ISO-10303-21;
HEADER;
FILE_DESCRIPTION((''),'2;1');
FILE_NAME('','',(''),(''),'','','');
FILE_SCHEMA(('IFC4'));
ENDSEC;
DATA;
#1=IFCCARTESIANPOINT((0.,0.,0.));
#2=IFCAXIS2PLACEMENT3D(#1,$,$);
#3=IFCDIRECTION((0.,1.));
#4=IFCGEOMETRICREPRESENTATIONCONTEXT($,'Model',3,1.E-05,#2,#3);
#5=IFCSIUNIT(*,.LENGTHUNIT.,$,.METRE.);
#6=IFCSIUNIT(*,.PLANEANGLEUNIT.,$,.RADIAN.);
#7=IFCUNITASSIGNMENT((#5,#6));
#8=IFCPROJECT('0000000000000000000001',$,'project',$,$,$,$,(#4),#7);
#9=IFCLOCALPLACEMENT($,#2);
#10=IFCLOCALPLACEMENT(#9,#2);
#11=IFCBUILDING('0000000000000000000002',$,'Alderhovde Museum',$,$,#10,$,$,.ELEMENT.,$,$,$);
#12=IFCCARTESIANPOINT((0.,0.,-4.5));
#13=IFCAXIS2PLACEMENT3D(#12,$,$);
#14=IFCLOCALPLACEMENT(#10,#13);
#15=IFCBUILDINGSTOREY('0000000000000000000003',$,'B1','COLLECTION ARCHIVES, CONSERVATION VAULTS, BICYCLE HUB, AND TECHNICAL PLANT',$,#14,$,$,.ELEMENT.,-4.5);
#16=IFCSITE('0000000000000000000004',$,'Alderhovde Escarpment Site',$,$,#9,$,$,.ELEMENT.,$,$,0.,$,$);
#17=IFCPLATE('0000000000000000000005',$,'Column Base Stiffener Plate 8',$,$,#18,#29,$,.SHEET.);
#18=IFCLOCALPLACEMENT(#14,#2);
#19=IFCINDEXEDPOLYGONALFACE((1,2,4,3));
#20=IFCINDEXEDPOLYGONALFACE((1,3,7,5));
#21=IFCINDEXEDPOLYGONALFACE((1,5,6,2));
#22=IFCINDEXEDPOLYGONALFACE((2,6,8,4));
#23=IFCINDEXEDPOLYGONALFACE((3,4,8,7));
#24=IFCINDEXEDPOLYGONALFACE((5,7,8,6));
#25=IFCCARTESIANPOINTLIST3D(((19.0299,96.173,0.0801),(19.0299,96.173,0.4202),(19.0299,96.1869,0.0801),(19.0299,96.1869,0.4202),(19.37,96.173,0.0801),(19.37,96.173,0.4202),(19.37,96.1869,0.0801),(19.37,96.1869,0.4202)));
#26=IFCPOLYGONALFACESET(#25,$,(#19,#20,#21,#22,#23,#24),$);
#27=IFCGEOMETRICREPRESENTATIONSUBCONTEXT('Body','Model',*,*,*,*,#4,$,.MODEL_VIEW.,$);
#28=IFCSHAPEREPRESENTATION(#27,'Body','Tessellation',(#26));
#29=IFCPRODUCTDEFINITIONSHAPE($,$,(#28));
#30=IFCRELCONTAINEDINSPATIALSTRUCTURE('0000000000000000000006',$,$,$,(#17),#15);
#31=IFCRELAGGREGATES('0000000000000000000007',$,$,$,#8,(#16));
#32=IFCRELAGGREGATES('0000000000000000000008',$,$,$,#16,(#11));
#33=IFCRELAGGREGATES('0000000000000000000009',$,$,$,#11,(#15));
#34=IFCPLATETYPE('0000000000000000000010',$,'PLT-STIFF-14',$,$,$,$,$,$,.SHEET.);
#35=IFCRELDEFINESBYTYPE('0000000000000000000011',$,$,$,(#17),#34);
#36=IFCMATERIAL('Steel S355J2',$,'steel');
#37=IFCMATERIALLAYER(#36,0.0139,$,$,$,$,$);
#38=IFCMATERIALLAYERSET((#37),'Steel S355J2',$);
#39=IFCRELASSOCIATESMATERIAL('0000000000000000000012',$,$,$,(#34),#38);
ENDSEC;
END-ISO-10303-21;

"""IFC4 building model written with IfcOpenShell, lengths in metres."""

from ifc_helpers import new_model, si_unit, direction, frame, origin, origin_2d, place, context, subcontext, project, spatial, rectangle, extrude, material, layer, layer_set, type_object, element, save


model = new_model("IFC4")

# Units and contexts
model_context = context("Model", 3, precision=1e-05, world=origin(), true_north=direction((0.0, 1.0)))
body_context = subcontext(model_context, "Body", "Model", "MODEL_VIEW")
ifc_project = project(units=[si_unit("LENGTHUNIT", "METRE"), si_unit("PLANEANGLEUNIT", "RADIAN")], contexts=[model_context])

# Site, building, storey
site_placement = place(None, origin())
site = spatial("IfcSite", under=ifc_project, at=site_placement, Name="Alderhovde Escarpment Site", CompositionType="ELEMENT", RefElevation=0.0)
building_placement = place(site_placement, origin())
building = spatial("IfcBuilding", under=site, at=building_placement, Name="Alderhovde Museum", CompositionType="ELEMENT")
storey_placement = place(building_placement, frame((0.0, 0.0, -4.5)))
storey = spatial("IfcBuildingStorey", under=building, at=storey_placement, Name="B1", Description="COLLECTION ARCHIVES, CONSERVATION VAULTS, BICYCLE HUB, AND TECHNICAL PLANT", CompositionType="ELEMENT", Elevation=-4.5)

# Plate
ifc_material_1 = material(Name="Steel S355J2", Category="steel")
ifc_layer = layer(ifc_material_1, 0.0139)
ifc_layer_set = layer_set([ifc_layer], Name="Steel S355J2")
plate_type = type_object("IfcPlateType", Name="PLT-STIFF-14", PredefinedType="SHEET", material=ifc_layer_set)
plate_placement = place(storey_placement, frame((19.2, 96.1799, 0.0801), z_axis=(0.0, 0.0, 1.0), x_axis=(1.0, 0.0, 0.0)))
element("IfcPlate", 1, at=plate_placement, inside=storey, type_object=plate_type, Name="Column Base Stiffener Plate 8", PredefinedType="SHEET", context=body_context, shape_type="SweptSolid", body=[
    extrude(rectangle(XDim=0.3401, YDim=0.0139, at=origin_2d()), origin(), (0.0, 0.0, 1.0), 0.3401),
])

save(model, "model.ifc")
